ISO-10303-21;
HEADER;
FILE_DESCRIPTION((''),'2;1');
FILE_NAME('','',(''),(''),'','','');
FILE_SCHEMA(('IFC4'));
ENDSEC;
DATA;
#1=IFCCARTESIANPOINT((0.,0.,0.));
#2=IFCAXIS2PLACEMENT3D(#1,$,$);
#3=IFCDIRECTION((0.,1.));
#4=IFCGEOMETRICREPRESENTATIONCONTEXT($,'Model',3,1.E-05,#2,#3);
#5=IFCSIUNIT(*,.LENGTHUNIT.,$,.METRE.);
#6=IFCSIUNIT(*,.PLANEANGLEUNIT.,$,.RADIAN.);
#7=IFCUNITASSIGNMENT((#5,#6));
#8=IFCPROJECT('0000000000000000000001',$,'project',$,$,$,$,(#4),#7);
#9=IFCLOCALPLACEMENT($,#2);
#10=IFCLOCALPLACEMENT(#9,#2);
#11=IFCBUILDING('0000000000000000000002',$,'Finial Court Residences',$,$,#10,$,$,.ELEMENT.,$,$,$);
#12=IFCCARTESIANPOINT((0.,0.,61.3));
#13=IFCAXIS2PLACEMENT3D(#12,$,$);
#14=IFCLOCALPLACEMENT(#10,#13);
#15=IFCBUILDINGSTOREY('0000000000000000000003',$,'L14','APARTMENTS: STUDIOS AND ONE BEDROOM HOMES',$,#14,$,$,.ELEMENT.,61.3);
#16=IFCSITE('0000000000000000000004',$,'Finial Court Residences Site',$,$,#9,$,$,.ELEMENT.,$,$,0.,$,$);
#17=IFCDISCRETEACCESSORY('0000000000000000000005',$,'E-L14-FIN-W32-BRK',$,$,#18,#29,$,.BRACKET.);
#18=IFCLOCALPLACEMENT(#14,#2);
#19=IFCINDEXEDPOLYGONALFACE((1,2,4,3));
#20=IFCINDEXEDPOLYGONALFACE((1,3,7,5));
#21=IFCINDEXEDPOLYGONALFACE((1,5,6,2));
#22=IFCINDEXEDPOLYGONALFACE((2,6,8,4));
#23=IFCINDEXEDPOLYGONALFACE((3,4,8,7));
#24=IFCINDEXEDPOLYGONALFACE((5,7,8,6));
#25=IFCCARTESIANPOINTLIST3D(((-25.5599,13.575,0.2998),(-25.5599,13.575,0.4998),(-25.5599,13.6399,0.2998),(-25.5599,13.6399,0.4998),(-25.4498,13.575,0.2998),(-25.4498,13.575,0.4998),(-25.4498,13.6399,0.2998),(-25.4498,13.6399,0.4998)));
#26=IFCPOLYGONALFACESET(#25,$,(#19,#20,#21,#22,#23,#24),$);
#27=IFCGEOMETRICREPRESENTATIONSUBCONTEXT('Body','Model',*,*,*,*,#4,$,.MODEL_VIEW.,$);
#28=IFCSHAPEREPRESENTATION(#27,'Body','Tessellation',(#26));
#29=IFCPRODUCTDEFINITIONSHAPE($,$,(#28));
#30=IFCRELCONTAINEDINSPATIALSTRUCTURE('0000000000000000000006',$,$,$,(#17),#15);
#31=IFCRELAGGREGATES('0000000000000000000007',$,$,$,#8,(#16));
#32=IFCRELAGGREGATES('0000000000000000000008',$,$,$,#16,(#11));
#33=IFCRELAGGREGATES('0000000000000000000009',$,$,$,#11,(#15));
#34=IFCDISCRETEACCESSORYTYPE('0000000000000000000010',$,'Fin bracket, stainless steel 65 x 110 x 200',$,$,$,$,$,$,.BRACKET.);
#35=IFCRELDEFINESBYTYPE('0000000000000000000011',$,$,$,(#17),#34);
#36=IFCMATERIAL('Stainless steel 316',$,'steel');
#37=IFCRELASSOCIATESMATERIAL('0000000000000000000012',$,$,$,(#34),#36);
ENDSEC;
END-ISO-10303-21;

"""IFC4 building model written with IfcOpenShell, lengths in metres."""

from ifc_helpers import new_model, si_unit, direction, frame, origin, origin_2d, place, context, subcontext, project, spatial, rectangle, extrude, material, type_object, element, save


model = new_model("IFC4")

# Units and contexts
model_context = context("Model", 3, precision=1e-05, world=origin(), true_north=direction((0.0, 1.0)))
body_context = subcontext(model_context, "Body", "Model", "MODEL_VIEW")
ifc_project = project(units=[si_unit("LENGTHUNIT", "METRE"), si_unit("PLANEANGLEUNIT", "RADIAN")], contexts=[model_context])

# Site, building, storey
site_placement = place(None, origin())
site = spatial("IfcSite", under=ifc_project, at=site_placement, Name="Finial Court Residences Site", CompositionType="ELEMENT", RefElevation=0.0)
building_placement = place(site_placement, origin())
building = spatial("IfcBuilding", under=site, at=building_placement, Name="Finial Court Residences", CompositionType="ELEMENT")
storey_placement = place(building_placement, frame((0.0, 0.0, 61.3)))
storey = spatial("IfcBuildingStorey", under=building, at=storey_placement, Name="L14", Description="APARTMENTS: STUDIOS AND ONE BEDROOM HOMES", CompositionType="ELEMENT", Elevation=61.3)

# Discrete accessory
ifc_material_1 = material(Name="Stainless steel 316", Category="steel")
discrete_accessory_type = type_object("IfcDiscreteAccessoryType", Name="Fin bracket, stainless steel 65 x 110 x 200", PredefinedType="BRACKET", material=ifc_material_1)
discrete_accessory_placement = place(storey_placement, frame((-25.5049, 13.6074, 0.2998), z_axis=(0.0, 0.0, 1.0), x_axis=(1.0, 0.0, 0.0)))
element("IfcDiscreteAccessory", 1, at=discrete_accessory_placement, inside=storey, type_object=discrete_accessory_type, Name="E-L14-FIN-W32-BRK", PredefinedType="BRACKET", context=body_context, shape_type="SweptSolid", body=[
    extrude(rectangle(XDim=0.1101, YDim=0.0649, at=origin_2d()), origin(), (0.0, 0.0, 1.0), 0.2),
])

save(model, "model.ifc")
